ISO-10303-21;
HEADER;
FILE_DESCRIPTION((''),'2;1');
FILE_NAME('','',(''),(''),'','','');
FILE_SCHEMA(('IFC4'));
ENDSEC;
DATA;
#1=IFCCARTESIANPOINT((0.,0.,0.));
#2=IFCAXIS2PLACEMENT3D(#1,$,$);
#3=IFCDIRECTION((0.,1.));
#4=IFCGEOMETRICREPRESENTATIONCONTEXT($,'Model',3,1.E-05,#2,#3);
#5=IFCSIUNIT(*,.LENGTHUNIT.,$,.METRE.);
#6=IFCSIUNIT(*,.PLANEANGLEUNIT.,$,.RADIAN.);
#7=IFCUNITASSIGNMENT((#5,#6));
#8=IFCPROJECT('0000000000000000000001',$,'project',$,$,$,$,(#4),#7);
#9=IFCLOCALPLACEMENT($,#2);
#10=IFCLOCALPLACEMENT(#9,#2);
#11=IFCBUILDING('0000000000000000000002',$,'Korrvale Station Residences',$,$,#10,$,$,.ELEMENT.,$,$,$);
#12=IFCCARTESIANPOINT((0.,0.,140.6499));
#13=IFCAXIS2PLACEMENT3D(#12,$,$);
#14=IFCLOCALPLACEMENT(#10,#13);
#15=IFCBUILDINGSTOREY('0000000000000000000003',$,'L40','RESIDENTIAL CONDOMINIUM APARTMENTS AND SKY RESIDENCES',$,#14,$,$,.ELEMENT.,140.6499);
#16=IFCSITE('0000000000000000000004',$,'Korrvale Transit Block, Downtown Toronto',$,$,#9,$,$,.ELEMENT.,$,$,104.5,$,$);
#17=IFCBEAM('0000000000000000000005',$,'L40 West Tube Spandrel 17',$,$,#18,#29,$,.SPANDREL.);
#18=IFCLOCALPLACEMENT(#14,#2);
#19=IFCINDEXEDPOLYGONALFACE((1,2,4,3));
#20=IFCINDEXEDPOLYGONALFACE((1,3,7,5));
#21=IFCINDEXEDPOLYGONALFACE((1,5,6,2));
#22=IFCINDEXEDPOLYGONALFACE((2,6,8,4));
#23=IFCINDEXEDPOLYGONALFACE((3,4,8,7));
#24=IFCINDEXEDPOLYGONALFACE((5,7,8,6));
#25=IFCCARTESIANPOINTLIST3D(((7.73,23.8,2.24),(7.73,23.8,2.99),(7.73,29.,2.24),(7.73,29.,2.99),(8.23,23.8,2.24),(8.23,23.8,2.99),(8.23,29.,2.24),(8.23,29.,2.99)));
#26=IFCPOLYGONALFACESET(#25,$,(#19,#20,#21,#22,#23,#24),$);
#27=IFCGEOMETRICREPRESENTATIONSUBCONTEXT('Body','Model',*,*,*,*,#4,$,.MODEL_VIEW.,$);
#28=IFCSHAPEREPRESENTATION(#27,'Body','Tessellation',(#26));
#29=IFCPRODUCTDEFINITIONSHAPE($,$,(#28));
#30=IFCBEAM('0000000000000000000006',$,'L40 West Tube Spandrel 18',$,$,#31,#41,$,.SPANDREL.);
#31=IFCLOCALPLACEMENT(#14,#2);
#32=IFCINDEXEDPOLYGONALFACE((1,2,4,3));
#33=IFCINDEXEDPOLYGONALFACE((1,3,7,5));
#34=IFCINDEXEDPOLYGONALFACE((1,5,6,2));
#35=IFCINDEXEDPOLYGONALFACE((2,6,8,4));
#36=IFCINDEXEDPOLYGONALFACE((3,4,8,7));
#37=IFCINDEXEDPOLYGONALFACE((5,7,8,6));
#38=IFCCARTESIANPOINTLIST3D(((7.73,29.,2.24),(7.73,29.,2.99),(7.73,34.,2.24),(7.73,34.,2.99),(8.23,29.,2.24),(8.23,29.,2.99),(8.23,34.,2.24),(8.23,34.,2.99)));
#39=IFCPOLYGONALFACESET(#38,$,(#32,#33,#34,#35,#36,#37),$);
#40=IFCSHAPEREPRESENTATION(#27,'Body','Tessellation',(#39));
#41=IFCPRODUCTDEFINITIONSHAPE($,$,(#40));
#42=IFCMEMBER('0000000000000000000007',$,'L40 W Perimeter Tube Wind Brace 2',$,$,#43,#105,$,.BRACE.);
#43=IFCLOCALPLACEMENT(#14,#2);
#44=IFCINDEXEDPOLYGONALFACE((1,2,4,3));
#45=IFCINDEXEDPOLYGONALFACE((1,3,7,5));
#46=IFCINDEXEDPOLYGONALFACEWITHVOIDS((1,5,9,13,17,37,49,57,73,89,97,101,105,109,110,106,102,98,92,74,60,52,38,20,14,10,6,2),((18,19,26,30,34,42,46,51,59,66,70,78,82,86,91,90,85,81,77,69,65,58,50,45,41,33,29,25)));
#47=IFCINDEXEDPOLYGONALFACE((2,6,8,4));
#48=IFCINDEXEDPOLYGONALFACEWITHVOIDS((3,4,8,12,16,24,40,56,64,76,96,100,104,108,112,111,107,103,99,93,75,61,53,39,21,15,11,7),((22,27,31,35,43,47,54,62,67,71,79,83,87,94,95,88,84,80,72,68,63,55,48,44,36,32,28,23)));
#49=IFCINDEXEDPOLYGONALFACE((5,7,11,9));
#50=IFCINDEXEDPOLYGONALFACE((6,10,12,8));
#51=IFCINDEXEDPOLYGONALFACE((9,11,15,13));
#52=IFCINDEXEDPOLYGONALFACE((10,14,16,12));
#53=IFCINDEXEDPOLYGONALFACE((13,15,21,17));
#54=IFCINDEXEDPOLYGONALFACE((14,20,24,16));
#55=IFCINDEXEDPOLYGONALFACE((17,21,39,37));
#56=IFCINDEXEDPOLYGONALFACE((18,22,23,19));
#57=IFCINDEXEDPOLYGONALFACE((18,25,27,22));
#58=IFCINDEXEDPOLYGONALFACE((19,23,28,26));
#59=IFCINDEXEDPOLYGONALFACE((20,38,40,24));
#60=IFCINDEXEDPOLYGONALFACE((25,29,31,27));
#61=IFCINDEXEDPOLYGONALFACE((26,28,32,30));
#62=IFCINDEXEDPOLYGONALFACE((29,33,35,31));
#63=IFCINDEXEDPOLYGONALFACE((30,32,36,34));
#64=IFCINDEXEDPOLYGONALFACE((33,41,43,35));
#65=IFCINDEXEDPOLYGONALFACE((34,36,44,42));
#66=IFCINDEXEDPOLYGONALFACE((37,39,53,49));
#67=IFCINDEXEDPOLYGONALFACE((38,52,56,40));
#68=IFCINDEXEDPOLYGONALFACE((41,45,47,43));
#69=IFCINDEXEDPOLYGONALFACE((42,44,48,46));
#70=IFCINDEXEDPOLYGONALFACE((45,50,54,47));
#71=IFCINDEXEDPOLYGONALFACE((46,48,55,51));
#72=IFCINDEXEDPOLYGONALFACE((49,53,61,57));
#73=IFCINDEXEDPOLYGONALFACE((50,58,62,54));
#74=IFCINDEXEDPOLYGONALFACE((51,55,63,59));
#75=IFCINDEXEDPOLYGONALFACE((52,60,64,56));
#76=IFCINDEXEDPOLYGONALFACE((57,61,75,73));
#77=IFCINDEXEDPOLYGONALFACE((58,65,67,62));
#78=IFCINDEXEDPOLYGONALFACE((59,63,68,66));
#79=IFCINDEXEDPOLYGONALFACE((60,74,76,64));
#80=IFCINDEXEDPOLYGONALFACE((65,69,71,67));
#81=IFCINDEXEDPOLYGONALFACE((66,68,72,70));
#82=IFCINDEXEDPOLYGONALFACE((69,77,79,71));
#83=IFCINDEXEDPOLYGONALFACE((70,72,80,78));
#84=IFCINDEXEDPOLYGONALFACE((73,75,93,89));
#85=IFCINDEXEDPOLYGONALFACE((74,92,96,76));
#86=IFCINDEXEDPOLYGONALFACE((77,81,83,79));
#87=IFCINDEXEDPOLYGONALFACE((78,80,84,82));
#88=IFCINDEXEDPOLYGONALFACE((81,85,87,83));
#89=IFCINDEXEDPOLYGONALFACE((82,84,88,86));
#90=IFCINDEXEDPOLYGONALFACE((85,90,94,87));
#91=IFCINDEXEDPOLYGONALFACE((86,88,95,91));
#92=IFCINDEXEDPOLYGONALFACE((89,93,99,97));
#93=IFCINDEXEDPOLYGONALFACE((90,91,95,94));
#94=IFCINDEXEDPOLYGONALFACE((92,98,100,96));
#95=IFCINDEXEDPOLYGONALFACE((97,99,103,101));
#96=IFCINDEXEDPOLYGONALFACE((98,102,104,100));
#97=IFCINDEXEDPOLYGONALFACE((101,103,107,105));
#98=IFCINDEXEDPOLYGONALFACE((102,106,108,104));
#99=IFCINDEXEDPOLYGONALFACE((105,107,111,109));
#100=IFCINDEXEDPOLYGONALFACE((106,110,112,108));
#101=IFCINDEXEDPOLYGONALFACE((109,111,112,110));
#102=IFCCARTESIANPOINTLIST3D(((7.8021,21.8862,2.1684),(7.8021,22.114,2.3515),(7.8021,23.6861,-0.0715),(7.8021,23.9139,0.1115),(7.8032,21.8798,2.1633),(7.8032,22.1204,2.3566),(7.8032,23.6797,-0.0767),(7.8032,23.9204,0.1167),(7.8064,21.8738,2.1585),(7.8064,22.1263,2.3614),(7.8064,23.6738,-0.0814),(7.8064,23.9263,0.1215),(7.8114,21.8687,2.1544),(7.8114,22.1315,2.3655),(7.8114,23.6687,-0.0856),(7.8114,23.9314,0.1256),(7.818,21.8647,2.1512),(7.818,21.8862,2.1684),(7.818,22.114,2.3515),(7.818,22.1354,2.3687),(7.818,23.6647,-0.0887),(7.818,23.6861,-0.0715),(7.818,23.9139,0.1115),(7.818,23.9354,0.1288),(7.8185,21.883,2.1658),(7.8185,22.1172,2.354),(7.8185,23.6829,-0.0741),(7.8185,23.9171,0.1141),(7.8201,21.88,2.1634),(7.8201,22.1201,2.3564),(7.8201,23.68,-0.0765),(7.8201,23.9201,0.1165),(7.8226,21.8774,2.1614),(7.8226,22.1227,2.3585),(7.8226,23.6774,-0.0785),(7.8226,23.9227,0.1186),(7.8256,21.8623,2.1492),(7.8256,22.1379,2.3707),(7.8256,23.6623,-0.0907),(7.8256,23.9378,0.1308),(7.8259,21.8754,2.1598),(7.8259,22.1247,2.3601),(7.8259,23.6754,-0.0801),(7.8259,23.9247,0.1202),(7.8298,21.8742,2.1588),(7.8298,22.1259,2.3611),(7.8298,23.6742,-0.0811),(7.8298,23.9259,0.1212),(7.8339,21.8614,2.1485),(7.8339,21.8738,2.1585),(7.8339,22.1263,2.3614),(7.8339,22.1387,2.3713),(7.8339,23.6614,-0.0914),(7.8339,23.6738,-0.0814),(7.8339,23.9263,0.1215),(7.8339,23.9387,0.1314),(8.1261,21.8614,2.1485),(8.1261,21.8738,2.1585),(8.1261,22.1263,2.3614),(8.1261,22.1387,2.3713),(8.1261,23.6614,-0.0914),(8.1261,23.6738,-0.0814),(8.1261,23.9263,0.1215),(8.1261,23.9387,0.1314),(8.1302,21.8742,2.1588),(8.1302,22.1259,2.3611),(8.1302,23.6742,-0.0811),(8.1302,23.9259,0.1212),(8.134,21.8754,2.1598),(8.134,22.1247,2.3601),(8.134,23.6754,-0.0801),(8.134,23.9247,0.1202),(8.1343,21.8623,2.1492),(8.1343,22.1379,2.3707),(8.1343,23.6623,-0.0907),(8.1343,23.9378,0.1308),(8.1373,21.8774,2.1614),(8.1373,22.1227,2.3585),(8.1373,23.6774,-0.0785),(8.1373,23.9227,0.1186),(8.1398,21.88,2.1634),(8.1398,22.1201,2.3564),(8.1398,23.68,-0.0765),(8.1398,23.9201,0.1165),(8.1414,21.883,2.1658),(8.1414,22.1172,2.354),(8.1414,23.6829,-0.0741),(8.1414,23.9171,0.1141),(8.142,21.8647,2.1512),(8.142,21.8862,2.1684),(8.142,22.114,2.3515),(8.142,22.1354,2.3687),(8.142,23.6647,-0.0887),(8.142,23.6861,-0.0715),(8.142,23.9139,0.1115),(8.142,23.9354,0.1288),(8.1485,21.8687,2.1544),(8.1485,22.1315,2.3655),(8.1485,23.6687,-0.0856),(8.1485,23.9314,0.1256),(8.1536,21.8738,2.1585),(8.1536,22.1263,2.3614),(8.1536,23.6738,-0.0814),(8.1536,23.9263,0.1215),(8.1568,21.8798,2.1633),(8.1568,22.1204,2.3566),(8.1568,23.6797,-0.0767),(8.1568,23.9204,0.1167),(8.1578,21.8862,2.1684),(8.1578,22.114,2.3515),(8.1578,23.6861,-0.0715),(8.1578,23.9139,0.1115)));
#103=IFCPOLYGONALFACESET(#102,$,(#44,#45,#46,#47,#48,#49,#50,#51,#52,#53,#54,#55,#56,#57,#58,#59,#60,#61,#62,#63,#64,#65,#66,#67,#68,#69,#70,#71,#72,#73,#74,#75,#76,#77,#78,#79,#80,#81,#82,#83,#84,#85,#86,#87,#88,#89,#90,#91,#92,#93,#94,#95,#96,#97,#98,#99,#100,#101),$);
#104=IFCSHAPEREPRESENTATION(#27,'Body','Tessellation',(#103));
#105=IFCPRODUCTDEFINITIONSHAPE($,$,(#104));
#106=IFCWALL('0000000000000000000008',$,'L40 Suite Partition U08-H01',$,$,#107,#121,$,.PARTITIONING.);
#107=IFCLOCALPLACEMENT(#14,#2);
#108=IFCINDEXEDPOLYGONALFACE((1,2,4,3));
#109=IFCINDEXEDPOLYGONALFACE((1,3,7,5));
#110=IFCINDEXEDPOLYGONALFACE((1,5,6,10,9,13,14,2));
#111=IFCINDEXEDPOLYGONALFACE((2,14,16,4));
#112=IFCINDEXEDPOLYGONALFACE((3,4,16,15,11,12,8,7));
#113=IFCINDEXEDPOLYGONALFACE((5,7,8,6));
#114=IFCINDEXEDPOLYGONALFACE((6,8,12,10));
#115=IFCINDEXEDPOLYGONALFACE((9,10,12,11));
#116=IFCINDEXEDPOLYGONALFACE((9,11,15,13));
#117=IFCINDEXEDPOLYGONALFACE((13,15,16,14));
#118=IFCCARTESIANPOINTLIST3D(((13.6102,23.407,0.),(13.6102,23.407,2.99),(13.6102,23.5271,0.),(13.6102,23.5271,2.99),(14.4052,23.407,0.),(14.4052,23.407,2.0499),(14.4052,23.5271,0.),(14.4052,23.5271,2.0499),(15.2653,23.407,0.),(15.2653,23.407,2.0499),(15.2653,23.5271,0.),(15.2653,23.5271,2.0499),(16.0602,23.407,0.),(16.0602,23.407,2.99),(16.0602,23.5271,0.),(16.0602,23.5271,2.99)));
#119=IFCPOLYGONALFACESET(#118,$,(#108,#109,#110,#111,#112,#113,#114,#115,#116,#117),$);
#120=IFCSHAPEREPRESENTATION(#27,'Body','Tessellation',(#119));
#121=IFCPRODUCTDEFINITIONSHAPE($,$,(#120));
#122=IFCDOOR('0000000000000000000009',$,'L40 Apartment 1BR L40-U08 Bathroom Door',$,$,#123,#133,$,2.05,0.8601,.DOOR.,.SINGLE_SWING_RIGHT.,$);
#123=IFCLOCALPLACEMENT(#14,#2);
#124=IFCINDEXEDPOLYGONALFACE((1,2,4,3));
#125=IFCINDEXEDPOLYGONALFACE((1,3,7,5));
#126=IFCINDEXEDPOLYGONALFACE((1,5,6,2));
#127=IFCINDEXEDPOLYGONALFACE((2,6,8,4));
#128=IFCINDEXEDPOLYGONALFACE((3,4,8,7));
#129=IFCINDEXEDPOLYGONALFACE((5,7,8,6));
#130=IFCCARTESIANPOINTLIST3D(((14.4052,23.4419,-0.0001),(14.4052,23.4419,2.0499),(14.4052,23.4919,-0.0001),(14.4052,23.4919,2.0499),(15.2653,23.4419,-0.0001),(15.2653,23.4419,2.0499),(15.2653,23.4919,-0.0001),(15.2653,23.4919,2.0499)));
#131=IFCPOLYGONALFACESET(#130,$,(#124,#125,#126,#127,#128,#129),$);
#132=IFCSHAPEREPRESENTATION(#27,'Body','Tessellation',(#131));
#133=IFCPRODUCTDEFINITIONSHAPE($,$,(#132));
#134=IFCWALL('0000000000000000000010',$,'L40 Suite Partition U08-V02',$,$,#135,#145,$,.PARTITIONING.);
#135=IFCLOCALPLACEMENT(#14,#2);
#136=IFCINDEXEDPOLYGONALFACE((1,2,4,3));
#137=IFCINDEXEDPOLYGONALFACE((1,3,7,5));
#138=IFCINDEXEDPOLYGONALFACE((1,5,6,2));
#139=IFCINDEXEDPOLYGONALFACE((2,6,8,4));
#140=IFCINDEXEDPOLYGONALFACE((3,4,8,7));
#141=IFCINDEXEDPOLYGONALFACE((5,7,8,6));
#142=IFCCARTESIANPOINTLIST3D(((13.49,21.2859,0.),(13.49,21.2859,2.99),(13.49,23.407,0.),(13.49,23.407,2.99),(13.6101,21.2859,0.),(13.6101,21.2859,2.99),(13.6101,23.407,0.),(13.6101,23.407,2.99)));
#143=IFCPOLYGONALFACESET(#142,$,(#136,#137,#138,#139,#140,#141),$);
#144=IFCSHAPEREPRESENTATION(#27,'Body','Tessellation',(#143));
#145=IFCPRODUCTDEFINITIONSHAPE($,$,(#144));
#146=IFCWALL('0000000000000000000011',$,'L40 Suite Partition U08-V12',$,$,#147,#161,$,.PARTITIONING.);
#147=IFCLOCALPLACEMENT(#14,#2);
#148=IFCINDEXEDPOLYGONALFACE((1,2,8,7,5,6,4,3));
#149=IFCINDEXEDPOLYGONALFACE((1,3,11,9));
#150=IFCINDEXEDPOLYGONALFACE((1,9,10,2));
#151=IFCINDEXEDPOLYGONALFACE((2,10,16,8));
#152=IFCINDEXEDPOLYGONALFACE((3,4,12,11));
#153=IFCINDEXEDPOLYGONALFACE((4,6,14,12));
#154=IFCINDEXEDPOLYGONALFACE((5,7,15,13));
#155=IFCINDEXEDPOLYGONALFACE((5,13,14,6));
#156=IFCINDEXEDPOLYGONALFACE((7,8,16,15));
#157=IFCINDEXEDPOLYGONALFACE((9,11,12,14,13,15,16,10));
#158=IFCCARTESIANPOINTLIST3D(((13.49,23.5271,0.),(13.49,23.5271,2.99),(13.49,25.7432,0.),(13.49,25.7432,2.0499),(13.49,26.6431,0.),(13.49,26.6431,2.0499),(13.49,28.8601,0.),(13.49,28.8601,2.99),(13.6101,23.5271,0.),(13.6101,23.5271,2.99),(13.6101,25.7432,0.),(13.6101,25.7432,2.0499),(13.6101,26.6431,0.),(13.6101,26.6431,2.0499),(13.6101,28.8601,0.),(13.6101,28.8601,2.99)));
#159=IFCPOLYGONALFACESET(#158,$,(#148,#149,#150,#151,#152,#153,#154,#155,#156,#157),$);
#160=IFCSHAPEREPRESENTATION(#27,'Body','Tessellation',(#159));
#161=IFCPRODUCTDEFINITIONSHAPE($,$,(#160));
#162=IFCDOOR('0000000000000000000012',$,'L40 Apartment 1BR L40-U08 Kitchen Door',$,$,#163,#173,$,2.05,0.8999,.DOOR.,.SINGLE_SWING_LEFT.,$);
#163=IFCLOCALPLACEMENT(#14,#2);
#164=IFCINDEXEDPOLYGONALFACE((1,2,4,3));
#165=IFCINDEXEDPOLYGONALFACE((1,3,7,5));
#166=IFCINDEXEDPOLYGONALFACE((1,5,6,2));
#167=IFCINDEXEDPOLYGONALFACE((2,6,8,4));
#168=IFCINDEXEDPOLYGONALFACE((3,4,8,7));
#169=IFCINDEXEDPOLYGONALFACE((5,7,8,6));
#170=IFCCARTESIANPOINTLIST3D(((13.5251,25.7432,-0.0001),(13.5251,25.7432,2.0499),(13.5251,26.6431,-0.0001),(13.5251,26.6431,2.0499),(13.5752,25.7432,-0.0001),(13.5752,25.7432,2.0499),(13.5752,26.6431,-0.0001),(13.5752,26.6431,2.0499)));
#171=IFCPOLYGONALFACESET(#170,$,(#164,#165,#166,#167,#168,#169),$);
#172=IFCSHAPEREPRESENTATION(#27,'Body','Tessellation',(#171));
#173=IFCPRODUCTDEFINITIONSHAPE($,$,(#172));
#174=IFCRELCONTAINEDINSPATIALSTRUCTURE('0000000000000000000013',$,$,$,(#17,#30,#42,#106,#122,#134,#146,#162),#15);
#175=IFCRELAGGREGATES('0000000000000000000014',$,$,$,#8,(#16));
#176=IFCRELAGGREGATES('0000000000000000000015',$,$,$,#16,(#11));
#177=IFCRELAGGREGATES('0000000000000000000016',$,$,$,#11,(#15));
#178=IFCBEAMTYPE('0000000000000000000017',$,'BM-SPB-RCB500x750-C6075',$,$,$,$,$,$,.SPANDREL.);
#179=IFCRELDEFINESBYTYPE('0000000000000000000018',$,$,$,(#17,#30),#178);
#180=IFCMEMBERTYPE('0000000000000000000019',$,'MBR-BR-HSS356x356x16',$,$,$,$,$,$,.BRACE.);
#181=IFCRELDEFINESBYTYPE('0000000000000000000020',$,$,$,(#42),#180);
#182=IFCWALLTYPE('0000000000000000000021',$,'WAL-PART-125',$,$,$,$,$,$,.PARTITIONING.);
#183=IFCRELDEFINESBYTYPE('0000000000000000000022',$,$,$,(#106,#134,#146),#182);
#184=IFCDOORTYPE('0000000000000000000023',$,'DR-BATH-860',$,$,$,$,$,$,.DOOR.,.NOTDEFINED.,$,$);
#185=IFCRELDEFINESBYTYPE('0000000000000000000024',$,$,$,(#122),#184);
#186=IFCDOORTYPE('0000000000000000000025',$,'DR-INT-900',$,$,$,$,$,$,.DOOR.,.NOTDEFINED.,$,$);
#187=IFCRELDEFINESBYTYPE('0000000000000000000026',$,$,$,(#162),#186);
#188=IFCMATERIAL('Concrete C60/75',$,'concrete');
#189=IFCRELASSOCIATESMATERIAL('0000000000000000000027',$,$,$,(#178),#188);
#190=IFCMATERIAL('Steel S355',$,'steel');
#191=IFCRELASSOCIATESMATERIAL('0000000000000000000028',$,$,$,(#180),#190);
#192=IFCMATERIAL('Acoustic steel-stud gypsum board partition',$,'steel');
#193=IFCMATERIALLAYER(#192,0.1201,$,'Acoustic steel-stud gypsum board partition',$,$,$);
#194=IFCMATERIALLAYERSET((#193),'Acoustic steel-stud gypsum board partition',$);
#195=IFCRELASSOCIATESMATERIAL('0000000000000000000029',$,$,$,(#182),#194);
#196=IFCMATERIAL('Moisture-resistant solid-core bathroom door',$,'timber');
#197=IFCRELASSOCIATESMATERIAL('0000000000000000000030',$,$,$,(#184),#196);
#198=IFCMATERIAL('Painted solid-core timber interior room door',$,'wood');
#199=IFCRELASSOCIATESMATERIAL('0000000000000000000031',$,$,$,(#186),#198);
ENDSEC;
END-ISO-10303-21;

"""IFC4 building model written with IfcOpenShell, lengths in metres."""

from ifc_helpers import new_model, si_unit, direction, frame, frame_2d, origin, origin_2d, place, context, subcontext, project, spatial, rectangle, hollow_rectangle, extrude, material, layer, layer_set, material_profile, profile_set, type_object, element, fill, save


model = new_model("IFC4")

# Units and contexts
model_context = context("Model", 3, precision=1e-05, world=origin(), true_north=direction((0.0, 1.0)))
body_context = subcontext(model_context, "Body", "Model", "MODEL_VIEW")
ifc_project = project(units=[si_unit("LENGTHUNIT", "METRE"), si_unit("PLANEANGLEUNIT", "RADIAN")], contexts=[model_context])

# Site, building, storey
site_placement = place(None, origin())
site = spatial("IfcSite", under=ifc_project, at=site_placement, Name="Korrvale Transit Block, Downtown Toronto", CompositionType="ELEMENT", RefElevation=104.5)
building_placement = place(site_placement, origin())
building = spatial("IfcBuilding", under=site, at=building_placement, Name="Korrvale Station Residences", CompositionType="ELEMENT")
storey_placement = place(building_placement, frame((0.0, 0.0, 140.6499)))
storey = spatial("IfcBuildingStorey", under=building, at=storey_placement, Name="L40", Description="RESIDENTIAL CONDOMINIUM APARTMENTS AND SKY RESIDENCES", CompositionType="ELEMENT", Elevation=140.6499)

# Shared definitions
ifc_material_1 = material(Name="Concrete C60/75", Category="concrete")

# Beams
ifc_material_2 = material(Name="Steel S355", Category="steel")
ifc_material_profile_1 = material_profile(ifc_material_1, rectangle(XDim=0.5, YDim=0.75, at=origin_2d()), Name="RCB500x750")
ifc_profile_set_1 = profile_set([ifc_material_profile_1], Name="Concrete C60/75")
beam_type_1 = type_object("IfcBeamType", Name="BM-SPB-RCB500x750-C6075", PredefinedType="SPANDREL", material=ifc_profile_set_1)
beam_1_placement = place(storey_placement, frame((7.98, 23.8, 2.615), z_axis=(0.0, 1.0, 0.0), x_axis=(-1.0, 0.0, 0.0)))
element("IfcBeam", 1, at=beam_1_placement, inside=storey, type_object=beam_type_1, Name="L40 West Tube Spandrel 17", PredefinedType="SPANDREL", context=body_context, shape_type="SweptSolid", body=[
    extrude(rectangle(XDim=0.5, YDim=0.75, at=origin_2d()), origin(), (0.0, 0.0, 1.0), 5.2),
])
beam_2_placement = place(storey_placement, frame((7.98, 29.0, 2.615), z_axis=(0.0, 1.0, 0.0), x_axis=(-1.0, 0.0, 0.0)))
element("IfcBeam", 2, at=beam_2_placement, inside=storey, type_object=beam_type_1, Name="L40 West Tube Spandrel 18", PredefinedType="SPANDREL", context=body_context, shape_type="SweptSolid", body=[
    extrude(rectangle(XDim=0.5, YDim=0.75, at=origin_2d()), origin(), (0.0, 0.0, 1.0), 5.0),
])

# Member
ifc_material_profile_2 = material_profile(ifc_material_2, hollow_rectangle(XDim=0.3557, YDim=0.3557, WallThickness=0.0159, InnerFilletRadius=0.0159, OuterFilletRadius=0.0317, at=origin_2d()), Name="HSS356x356x16")
ifc_profile_set_2 = profile_set([ifc_material_profile_2], Name="Steel S355")
member_type = type_object("IfcMemberType", Name="MBR-BR-HSS356x356x16", PredefinedType="BRACE", material=ifc_profile_set_2)
member_placement = place(storey_placement, frame((7.98, 23.8, 0.02), z_axis=(0.0, -0.626403, 0.779499), x_axis=(1.0, 0.0, 0.0)))
element("IfcMember", 3, at=member_placement, inside=storey, type_object=member_type, Name="L40 W Perimeter Tube Wind Brace 2", PredefinedType="BRACE", context=body_context, shape_type="SweptSolid", body=[
    extrude(hollow_rectangle(XDim=0.3557, YDim=0.3557, WallThickness=0.0159, InnerFilletRadius=0.0159, OuterFilletRadius=0.0317, at=origin_2d()), origin(), (0.0, 0.0, 1.0), 2.8735),
])

# Wall, opening, door
ifc_material_3 = material(Name="Acoustic steel-stud gypsum board partition", Category="steel")
ifc_layer_1 = layer(ifc_material_3, 0.1201, Name="Acoustic steel-stud gypsum board partition")
ifc_layer_set_1 = layer_set([ifc_layer_1], Name="Acoustic steel-stud gypsum board partition")
wall_type_1 = type_object("IfcWallType", Name="WAL-PART-125", PredefinedType="PARTITIONING", material=ifc_layer_set_1)
wall_1_placement = place(storey_placement, frame((13.6101, 23.467, 0.0), z_axis=(0.0, 0.0, 1.0), x_axis=(1.0, 0.0, 0.0)))
wall_1 = element("IfcWall", 4, at=wall_1_placement, inside=storey, type_object=wall_type_1, Name="L40 Suite Partition U08-H01", PredefinedType="PARTITIONING", context=body_context, shape_type="SweptSolid", body=[
    extrude(rectangle(XDim=2.45, YDim=0.1201, at=frame_2d((1.2251, 0.0))), origin(), (0.0, 0.0, 1.0), 2.99),
])
opening_1_placement = place(wall_1_placement, frame((0.7949, 0.0, 0.0)))
opening_1 = element("IfcOpeningElement", 5, at=opening_1_placement, cuts=wall_1, PredefinedType="OPENING", context=body_context, shape_type="SweptSolid", body=[
    extrude(rectangle(XDim=0.8601, YDim=2.05, at=frame_2d((0.4302, 1.0249))), frame((0.0, 0.0701, 0.0), z_axis=(0.0, -1.0, 0.0), x_axis=(1.0, 0.0, 0.0)), (0.0, 0.0, 1.0), 0.1401),
])
ifc_material_4 = material(Name="Moisture-resistant solid-core bathroom door", Category="timber")
door_type_1 = type_object("IfcDoorType", Name="DR-BATH-860", OperationType="NOTDEFINED", PredefinedType="DOOR", material=ifc_material_4)
door_1_placement = place(opening_1_placement, origin())
door_1 = element("IfcDoor", 6, at=door_1_placement, inside=storey, type_object=door_type_1, Name="L40 Apartment 1BR L40-U08 Bathroom Door", OperationType="SINGLE_SWING_RIGHT", OverallHeight=2.05, OverallWidth=0.8601, PredefinedType="DOOR", context=body_context, shape_type="SweptSolid", body=[
    extrude(rectangle(XDim=0.8601, YDim=2.05, at=frame_2d((0.4302, 1.0249))), frame((0.0, 0.0249, 0.0), z_axis=(0.0, -1.0, 0.0), x_axis=(1.0, 0.0, 0.0)), (0.0, 0.0, 1.0), 0.05),
])
fill(opening_1, door_1)

# Wall
wall_2_placement = place(storey_placement, frame((13.55, 21.2859, 0.0), z_axis=(0.0, 0.0, 1.0), x_axis=(0.0, 1.0, 0.0)))
element("IfcWall", 7, at=wall_2_placement, inside=storey, type_object=wall_type_1, Name="L40 Suite Partition U08-V02", PredefinedType="PARTITIONING", context=body_context, shape_type="SweptSolid", body=[
    extrude(rectangle(XDim=2.1211, YDim=0.1201, at=frame_2d((1.0605, 0.0))), origin(), (0.0, 0.0, 1.0), 2.99),
])

# Wall, opening, door
wall_3_placement = place(storey_placement, frame((13.55, 23.5271, 0.0), z_axis=(0.0, 0.0, 1.0), x_axis=(0.0, 1.0, 0.0)))
wall_3 = element("IfcWall", 8, at=wall_3_placement, inside=storey, type_object=wall_type_1, Name="L40 Suite Partition U08-V12", PredefinedType="PARTITIONING", context=body_context, shape_type="SweptSolid", body=[
    extrude(rectangle(XDim=5.333, YDim=0.1201, at=frame_2d((2.6665, 0.0))), origin(), (0.0, 0.0, 1.0), 2.99),
])
opening_2_placement = place(wall_3_placement, frame((2.2161, 0.0, 0.0)))
opening_2 = element("IfcOpeningElement", 9, at=opening_2_placement, cuts=wall_3, PredefinedType="OPENING", context=body_context, shape_type="SweptSolid", body=[
    extrude(rectangle(XDim=0.8999, YDim=2.05, at=frame_2d((0.45, 1.0249))), frame((0.0, 0.0701, 0.0), z_axis=(0.0, -1.0, 0.0), x_axis=(1.0, 0.0, 0.0)), (0.0, 0.0, 1.0), 0.1401),
])
ifc_material_5 = material(Name="Painted solid-core timber interior room door", Category="wood")
door_type_2 = type_object("IfcDoorType", Name="DR-INT-900", OperationType="NOTDEFINED", PredefinedType="DOOR", material=ifc_material_5)
door_2_placement = place(opening_2_placement, origin())
door_2 = element("IfcDoor", 10, at=door_2_placement, inside=storey, type_object=door_type_2, Name="L40 Apartment 1BR L40-U08 Kitchen Door", OperationType="SINGLE_SWING_LEFT", OverallHeight=2.05, OverallWidth=0.8999, PredefinedType="DOOR", context=body_context, shape_type="SweptSolid", body=[
    extrude(rectangle(XDim=0.8999, YDim=2.05, at=frame_2d((0.45, 1.0249))), frame((0.0, 0.0249, 0.0), z_axis=(0.0, -1.0, 0.0), x_axis=(1.0, 0.0, 0.0)), (0.0, 0.0, 1.0), 0.05),
])
fill(opening_2, door_2)

save(model, "model.ifc")
